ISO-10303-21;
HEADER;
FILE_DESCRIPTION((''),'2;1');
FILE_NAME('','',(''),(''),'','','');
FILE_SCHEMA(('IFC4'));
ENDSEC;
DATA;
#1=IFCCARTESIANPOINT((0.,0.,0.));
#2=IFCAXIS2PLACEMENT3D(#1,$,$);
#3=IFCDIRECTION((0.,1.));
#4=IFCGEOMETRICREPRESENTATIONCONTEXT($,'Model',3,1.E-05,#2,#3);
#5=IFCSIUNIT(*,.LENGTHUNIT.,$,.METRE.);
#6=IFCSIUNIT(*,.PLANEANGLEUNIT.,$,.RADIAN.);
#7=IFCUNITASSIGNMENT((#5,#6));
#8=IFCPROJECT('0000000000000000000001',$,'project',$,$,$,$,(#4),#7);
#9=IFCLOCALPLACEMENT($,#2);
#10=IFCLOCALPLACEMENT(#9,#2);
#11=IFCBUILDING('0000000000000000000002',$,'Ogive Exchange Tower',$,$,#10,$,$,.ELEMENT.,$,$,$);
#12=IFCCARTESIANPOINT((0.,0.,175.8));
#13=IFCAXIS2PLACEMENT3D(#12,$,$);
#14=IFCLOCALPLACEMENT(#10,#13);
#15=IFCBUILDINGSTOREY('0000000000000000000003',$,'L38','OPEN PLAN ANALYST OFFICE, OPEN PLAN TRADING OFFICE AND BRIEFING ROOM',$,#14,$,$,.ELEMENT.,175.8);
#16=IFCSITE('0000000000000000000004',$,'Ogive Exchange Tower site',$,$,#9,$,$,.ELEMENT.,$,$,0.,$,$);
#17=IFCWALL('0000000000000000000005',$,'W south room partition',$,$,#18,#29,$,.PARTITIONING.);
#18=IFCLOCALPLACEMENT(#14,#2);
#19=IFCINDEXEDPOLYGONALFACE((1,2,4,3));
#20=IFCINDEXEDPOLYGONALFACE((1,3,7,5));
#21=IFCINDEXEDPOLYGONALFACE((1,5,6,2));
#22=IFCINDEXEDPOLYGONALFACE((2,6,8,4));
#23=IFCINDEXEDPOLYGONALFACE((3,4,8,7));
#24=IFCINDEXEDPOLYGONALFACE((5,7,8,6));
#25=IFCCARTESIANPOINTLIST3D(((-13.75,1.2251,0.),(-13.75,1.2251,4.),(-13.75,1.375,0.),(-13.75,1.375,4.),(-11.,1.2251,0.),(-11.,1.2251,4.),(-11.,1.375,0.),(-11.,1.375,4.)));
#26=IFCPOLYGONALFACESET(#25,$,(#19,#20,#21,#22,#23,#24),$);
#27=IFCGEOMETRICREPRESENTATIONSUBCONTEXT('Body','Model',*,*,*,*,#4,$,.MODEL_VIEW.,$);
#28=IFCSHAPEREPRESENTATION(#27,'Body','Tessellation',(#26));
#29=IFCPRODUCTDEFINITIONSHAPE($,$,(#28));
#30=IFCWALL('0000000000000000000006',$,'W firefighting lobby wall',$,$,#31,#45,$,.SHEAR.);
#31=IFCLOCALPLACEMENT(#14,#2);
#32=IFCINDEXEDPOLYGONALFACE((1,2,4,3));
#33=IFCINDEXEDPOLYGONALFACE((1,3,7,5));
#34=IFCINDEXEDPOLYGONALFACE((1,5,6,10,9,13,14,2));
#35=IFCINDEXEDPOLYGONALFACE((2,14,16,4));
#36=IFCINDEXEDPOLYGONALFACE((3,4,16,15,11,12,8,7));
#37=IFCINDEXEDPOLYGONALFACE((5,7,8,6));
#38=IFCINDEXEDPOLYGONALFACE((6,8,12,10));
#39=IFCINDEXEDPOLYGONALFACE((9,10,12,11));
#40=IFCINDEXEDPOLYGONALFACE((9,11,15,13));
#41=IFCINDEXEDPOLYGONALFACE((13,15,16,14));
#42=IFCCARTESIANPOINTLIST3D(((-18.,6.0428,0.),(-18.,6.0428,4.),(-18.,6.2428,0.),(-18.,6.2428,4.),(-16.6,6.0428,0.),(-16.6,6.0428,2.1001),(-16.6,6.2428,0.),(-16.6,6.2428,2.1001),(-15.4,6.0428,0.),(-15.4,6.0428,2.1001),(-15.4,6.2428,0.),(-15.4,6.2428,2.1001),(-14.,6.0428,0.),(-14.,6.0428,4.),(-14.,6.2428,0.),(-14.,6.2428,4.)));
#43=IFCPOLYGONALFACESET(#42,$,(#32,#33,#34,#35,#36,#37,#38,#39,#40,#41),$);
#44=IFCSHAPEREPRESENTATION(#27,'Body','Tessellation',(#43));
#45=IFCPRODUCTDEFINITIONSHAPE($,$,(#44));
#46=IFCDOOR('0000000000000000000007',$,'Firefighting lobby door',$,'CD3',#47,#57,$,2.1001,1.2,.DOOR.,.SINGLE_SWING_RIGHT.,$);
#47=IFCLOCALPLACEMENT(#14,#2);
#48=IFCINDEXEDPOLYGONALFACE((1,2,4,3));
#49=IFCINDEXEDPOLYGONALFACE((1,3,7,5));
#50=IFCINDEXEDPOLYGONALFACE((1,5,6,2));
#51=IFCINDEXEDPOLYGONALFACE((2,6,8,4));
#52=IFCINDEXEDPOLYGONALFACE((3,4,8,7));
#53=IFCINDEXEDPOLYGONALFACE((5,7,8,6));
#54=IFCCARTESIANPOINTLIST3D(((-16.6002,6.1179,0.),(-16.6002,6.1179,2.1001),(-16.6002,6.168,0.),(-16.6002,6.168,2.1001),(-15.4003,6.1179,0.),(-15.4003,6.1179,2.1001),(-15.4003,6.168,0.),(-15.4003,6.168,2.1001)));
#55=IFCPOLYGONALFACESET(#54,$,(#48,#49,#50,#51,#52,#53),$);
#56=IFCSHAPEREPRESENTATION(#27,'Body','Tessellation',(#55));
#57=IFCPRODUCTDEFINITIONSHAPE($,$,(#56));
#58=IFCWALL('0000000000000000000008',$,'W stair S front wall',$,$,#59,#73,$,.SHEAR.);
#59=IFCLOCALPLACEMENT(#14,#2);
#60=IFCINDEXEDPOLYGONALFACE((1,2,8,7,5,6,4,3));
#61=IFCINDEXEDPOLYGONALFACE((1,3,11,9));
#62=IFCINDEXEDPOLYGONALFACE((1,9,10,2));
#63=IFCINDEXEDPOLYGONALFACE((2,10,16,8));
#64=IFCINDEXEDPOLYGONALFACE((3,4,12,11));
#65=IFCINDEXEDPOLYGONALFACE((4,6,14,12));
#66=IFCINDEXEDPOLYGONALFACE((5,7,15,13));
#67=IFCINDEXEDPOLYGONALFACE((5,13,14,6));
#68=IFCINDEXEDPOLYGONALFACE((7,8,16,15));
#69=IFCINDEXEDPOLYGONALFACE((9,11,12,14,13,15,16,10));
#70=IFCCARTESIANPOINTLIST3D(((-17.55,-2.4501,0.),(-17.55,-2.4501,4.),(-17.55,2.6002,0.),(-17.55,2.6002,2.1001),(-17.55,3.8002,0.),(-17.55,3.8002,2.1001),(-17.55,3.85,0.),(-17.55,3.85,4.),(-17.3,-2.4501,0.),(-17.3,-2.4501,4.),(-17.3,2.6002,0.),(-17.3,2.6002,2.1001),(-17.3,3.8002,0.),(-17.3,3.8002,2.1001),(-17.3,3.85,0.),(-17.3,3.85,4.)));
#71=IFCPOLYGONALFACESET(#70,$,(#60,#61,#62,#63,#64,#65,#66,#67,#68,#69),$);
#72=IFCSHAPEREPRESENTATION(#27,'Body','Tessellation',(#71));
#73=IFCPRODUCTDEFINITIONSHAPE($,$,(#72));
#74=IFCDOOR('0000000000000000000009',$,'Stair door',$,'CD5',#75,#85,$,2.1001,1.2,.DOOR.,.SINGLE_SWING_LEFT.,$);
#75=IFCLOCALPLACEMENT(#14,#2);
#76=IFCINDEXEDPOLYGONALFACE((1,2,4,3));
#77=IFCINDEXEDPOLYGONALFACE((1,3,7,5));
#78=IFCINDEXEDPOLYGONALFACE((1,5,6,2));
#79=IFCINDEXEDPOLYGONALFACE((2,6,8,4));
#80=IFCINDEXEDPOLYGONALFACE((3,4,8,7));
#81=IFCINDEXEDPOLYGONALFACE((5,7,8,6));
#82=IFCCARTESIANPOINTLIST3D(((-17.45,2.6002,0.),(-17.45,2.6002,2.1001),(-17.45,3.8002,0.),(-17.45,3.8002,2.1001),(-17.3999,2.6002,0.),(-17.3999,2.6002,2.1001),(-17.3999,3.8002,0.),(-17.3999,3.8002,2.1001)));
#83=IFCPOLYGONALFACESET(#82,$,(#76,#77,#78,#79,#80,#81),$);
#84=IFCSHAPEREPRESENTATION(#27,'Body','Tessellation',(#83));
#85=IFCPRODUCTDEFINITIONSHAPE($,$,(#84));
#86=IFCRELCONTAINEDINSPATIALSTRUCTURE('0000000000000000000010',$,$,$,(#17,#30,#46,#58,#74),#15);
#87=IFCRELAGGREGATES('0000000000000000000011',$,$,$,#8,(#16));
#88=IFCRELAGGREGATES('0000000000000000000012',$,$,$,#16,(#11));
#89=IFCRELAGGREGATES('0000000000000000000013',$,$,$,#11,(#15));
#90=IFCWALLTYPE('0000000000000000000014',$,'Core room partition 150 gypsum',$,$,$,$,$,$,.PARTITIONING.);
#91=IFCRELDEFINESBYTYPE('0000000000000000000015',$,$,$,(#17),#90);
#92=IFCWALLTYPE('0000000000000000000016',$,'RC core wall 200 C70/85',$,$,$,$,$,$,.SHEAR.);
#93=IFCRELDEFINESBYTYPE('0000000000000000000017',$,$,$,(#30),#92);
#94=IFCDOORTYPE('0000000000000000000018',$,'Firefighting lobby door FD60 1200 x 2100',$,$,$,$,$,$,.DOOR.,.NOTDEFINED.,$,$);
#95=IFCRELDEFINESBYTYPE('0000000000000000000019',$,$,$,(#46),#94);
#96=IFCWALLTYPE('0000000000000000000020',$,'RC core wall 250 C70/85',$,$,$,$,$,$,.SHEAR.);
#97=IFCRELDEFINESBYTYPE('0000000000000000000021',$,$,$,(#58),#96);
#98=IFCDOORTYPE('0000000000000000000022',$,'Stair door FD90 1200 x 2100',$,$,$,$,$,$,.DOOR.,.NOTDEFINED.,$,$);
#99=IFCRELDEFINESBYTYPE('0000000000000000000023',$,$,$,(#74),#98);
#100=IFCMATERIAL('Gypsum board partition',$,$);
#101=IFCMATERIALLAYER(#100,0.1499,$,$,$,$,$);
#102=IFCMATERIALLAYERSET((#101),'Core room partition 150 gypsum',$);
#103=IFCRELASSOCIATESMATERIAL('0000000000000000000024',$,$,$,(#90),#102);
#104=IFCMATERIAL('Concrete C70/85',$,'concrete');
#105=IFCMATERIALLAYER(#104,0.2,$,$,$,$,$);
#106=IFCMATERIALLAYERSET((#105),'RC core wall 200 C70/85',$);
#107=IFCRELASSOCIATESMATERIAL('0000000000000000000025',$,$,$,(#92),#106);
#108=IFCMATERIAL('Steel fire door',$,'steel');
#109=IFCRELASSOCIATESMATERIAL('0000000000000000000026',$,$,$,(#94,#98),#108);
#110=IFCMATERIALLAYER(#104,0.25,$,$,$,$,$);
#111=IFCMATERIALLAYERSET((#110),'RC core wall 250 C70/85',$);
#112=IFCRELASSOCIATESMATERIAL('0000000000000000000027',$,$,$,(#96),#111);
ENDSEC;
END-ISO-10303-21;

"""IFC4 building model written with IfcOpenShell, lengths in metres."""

from ifc_helpers import new_model, si_unit, direction, frame, frame_2d, origin, place, context, subcontext, project, spatial, rectangle, extrude, material, layer, layer_set, type_object, element, fill, save


model = new_model("IFC4")

# Units and contexts
model_context = context("Model", 3, precision=1e-05, world=origin(), true_north=direction((0.0, 1.0)))
body_context = subcontext(model_context, "Body", "Model", "MODEL_VIEW")
ifc_project = project(units=[si_unit("LENGTHUNIT", "METRE"), si_unit("PLANEANGLEUNIT", "RADIAN")], contexts=[model_context])

# Site, building, storey
site_placement = place(None, origin())
site = spatial("IfcSite", under=ifc_project, at=site_placement, Name="Ogive Exchange Tower site", CompositionType="ELEMENT", RefElevation=0.0)
building_placement = place(site_placement, origin())
building = spatial("IfcBuilding", under=site, at=building_placement, Name="Ogive Exchange Tower", CompositionType="ELEMENT")
storey_placement = place(building_placement, frame((0.0, 0.0, 175.8)))
storey = spatial("IfcBuildingStorey", under=building, at=storey_placement, Name="L38", Description="OPEN PLAN ANALYST OFFICE, OPEN PLAN TRADING OFFICE AND BRIEFING ROOM", CompositionType="ELEMENT", Elevation=175.8)

# Wall
ifc_material_1 = material(Name="Gypsum board partition")
ifc_layer_1 = layer(ifc_material_1, 0.1499)
ifc_layer_set_1 = layer_set([ifc_layer_1], Name="Core room partition 150 gypsum")
wall_type_1 = type_object("IfcWallType", Name="Core room partition 150 gypsum", PredefinedType="PARTITIONING", material=ifc_layer_set_1)
wall_1_placement = place(storey_placement, frame((-13.75, 1.3, 0.0), z_axis=(0.0, 0.0, 1.0), x_axis=(1.0, 0.0, 0.0)))
element("IfcWall", 1, at=wall_1_placement, inside=storey, type_object=wall_type_1, Name="W south room partition", PredefinedType="PARTITIONING", context=body_context, shape_type="SweptSolid", body=[
    extrude(rectangle(XDim=2.75, YDim=0.1499, at=frame_2d((1.375, 0.0))), origin(), (0.0, 0.0, 1.0), 4.0),
])

# Walls, openings, doors
ifc_material_2 = material(Name="Concrete C70/85", Category="concrete")
ifc_layer_2 = layer(ifc_material_2, 0.2)
ifc_layer_set_2 = layer_set([ifc_layer_2], Name="RC core wall 200 C70/85")
wall_type_2 = type_object("IfcWallType", Name="RC core wall 200 C70/85", PredefinedType="SHEAR", material=ifc_layer_set_2)
wall_2_placement = place(storey_placement, frame((-18.0, 6.1428, 0.0), z_axis=(0.0, 0.0, 1.0), x_axis=(1.0, 0.0, 0.0)))
wall_2 = element("IfcWall", 2, at=wall_2_placement, inside=storey, type_object=wall_type_2, Name="W firefighting lobby wall", PredefinedType="SHEAR", context=body_context, shape_type="SweptSolid", body=[
    extrude(rectangle(XDim=4.0, YDim=0.2, at=frame_2d((2.0, 0.0))), origin(), (0.0, 0.0, 1.0), 4.0),
])
opening_1_placement = place(wall_2_placement, frame((1.3999, 0.0, 0.0)))
opening_1 = element("IfcOpeningElement", 3, at=opening_1_placement, cuts=wall_2, PredefinedType="OPENING", context=body_context, shape_type="SweptSolid", body=[
    extrude(rectangle(XDim=1.2, YDim=2.1001, at=frame_2d((0.6001, 1.05))), frame((0.0, 0.1099, 0.0), z_axis=(0.0, -1.0, 0.0), x_axis=(1.0, 0.0, 0.0)), (0.0, 0.0, 1.0), 0.22),
])
ifc_material_3 = material(Name="Steel fire door", Category="steel")
door_type_1 = type_object("IfcDoorType", Name="Firefighting lobby door FD60 1200 x 2100", OperationType="NOTDEFINED", PredefinedType="DOOR", material=ifc_material_3)
door_1_placement = place(opening_1_placement, frame((1.2, 0.0, 0.0), z_axis=(0.0, 0.0, 1.0), x_axis=(-1.0, 0.0, 0.0)))
door_1 = element("IfcDoor", 4, at=door_1_placement, inside=storey, type_object=door_type_1, Name="Firefighting lobby door", ObjectType="CD3", OperationType="SINGLE_SWING_RIGHT", OverallHeight=2.1001, OverallWidth=1.2, PredefinedType="DOOR", context=body_context, shape_type="SweptSolid", body=[
    extrude(rectangle(XDim=1.2, YDim=2.1001, at=frame_2d((0.6001, 1.05))), frame((0.0, 0.0249, 0.0), z_axis=(0.0, -1.0, 0.0), x_axis=(1.0, 0.0, 0.0)), (0.0, 0.0, 1.0), 0.05),
])
fill(opening_1, door_1)
ifc_layer_3 = layer(ifc_material_2, 0.25)
ifc_layer_set_3 = layer_set([ifc_layer_3], Name="RC core wall 250 C70/85")
wall_type_3 = type_object("IfcWallType", Name="RC core wall 250 C70/85", PredefinedType="SHEAR", material=ifc_layer_set_3)
wall_3_placement = place(storey_placement, frame((-17.425, -2.45, 0.0), z_axis=(0.0, 0.0, 1.0), x_axis=(0.0, 1.0, 0.0)))
wall_3 = element("IfcWall", 5, at=wall_3_placement, inside=storey, type_object=wall_type_3, Name="W stair S front wall", PredefinedType="SHEAR", context=body_context, shape_type="SweptSolid", body=[
    extrude(rectangle(XDim=6.3, YDim=0.25, at=frame_2d((3.1499, 0.0))), origin(), (0.0, 0.0, 1.0), 4.0),
])
opening_2_placement = place(wall_3_placement, frame((5.05, 0.0, 0.0)))
opening_2 = element("IfcOpeningElement", 6, at=opening_2_placement, cuts=wall_3, PredefinedType="OPENING", context=body_context, shape_type="SweptSolid", body=[
    extrude(rectangle(XDim=1.2, YDim=2.1001, at=frame_2d((0.6001, 1.05))), frame((0.0, 0.135, 0.0), z_axis=(0.0, -1.0, 0.0), x_axis=(1.0, 0.0, 0.0)), (0.0, 0.0, 1.0), 0.27),
])
door_type_2 = type_object("IfcDoorType", Name="Stair door FD90 1200 x 2100", OperationType="NOTDEFINED", PredefinedType="DOOR", material=ifc_material_3)
door_2_placement = place(opening_2_placement, origin())
door_2 = element("IfcDoor", 7, at=door_2_placement, inside=storey, type_object=door_type_2, Name="Stair door", ObjectType="CD5", OperationType="SINGLE_SWING_LEFT", OverallHeight=2.1001, OverallWidth=1.2, PredefinedType="DOOR", context=body_context, shape_type="SweptSolid", body=[
    extrude(rectangle(XDim=1.2, YDim=2.1001, at=frame_2d((0.6001, 1.05))), frame((0.0, 0.0249, 0.0), z_axis=(0.0, -1.0, 0.0), x_axis=(1.0, 0.0, 0.0)), (0.0, 0.0, 1.0), 0.05),
])
fill(opening_2, door_2)

save(model, "model.ifc")
